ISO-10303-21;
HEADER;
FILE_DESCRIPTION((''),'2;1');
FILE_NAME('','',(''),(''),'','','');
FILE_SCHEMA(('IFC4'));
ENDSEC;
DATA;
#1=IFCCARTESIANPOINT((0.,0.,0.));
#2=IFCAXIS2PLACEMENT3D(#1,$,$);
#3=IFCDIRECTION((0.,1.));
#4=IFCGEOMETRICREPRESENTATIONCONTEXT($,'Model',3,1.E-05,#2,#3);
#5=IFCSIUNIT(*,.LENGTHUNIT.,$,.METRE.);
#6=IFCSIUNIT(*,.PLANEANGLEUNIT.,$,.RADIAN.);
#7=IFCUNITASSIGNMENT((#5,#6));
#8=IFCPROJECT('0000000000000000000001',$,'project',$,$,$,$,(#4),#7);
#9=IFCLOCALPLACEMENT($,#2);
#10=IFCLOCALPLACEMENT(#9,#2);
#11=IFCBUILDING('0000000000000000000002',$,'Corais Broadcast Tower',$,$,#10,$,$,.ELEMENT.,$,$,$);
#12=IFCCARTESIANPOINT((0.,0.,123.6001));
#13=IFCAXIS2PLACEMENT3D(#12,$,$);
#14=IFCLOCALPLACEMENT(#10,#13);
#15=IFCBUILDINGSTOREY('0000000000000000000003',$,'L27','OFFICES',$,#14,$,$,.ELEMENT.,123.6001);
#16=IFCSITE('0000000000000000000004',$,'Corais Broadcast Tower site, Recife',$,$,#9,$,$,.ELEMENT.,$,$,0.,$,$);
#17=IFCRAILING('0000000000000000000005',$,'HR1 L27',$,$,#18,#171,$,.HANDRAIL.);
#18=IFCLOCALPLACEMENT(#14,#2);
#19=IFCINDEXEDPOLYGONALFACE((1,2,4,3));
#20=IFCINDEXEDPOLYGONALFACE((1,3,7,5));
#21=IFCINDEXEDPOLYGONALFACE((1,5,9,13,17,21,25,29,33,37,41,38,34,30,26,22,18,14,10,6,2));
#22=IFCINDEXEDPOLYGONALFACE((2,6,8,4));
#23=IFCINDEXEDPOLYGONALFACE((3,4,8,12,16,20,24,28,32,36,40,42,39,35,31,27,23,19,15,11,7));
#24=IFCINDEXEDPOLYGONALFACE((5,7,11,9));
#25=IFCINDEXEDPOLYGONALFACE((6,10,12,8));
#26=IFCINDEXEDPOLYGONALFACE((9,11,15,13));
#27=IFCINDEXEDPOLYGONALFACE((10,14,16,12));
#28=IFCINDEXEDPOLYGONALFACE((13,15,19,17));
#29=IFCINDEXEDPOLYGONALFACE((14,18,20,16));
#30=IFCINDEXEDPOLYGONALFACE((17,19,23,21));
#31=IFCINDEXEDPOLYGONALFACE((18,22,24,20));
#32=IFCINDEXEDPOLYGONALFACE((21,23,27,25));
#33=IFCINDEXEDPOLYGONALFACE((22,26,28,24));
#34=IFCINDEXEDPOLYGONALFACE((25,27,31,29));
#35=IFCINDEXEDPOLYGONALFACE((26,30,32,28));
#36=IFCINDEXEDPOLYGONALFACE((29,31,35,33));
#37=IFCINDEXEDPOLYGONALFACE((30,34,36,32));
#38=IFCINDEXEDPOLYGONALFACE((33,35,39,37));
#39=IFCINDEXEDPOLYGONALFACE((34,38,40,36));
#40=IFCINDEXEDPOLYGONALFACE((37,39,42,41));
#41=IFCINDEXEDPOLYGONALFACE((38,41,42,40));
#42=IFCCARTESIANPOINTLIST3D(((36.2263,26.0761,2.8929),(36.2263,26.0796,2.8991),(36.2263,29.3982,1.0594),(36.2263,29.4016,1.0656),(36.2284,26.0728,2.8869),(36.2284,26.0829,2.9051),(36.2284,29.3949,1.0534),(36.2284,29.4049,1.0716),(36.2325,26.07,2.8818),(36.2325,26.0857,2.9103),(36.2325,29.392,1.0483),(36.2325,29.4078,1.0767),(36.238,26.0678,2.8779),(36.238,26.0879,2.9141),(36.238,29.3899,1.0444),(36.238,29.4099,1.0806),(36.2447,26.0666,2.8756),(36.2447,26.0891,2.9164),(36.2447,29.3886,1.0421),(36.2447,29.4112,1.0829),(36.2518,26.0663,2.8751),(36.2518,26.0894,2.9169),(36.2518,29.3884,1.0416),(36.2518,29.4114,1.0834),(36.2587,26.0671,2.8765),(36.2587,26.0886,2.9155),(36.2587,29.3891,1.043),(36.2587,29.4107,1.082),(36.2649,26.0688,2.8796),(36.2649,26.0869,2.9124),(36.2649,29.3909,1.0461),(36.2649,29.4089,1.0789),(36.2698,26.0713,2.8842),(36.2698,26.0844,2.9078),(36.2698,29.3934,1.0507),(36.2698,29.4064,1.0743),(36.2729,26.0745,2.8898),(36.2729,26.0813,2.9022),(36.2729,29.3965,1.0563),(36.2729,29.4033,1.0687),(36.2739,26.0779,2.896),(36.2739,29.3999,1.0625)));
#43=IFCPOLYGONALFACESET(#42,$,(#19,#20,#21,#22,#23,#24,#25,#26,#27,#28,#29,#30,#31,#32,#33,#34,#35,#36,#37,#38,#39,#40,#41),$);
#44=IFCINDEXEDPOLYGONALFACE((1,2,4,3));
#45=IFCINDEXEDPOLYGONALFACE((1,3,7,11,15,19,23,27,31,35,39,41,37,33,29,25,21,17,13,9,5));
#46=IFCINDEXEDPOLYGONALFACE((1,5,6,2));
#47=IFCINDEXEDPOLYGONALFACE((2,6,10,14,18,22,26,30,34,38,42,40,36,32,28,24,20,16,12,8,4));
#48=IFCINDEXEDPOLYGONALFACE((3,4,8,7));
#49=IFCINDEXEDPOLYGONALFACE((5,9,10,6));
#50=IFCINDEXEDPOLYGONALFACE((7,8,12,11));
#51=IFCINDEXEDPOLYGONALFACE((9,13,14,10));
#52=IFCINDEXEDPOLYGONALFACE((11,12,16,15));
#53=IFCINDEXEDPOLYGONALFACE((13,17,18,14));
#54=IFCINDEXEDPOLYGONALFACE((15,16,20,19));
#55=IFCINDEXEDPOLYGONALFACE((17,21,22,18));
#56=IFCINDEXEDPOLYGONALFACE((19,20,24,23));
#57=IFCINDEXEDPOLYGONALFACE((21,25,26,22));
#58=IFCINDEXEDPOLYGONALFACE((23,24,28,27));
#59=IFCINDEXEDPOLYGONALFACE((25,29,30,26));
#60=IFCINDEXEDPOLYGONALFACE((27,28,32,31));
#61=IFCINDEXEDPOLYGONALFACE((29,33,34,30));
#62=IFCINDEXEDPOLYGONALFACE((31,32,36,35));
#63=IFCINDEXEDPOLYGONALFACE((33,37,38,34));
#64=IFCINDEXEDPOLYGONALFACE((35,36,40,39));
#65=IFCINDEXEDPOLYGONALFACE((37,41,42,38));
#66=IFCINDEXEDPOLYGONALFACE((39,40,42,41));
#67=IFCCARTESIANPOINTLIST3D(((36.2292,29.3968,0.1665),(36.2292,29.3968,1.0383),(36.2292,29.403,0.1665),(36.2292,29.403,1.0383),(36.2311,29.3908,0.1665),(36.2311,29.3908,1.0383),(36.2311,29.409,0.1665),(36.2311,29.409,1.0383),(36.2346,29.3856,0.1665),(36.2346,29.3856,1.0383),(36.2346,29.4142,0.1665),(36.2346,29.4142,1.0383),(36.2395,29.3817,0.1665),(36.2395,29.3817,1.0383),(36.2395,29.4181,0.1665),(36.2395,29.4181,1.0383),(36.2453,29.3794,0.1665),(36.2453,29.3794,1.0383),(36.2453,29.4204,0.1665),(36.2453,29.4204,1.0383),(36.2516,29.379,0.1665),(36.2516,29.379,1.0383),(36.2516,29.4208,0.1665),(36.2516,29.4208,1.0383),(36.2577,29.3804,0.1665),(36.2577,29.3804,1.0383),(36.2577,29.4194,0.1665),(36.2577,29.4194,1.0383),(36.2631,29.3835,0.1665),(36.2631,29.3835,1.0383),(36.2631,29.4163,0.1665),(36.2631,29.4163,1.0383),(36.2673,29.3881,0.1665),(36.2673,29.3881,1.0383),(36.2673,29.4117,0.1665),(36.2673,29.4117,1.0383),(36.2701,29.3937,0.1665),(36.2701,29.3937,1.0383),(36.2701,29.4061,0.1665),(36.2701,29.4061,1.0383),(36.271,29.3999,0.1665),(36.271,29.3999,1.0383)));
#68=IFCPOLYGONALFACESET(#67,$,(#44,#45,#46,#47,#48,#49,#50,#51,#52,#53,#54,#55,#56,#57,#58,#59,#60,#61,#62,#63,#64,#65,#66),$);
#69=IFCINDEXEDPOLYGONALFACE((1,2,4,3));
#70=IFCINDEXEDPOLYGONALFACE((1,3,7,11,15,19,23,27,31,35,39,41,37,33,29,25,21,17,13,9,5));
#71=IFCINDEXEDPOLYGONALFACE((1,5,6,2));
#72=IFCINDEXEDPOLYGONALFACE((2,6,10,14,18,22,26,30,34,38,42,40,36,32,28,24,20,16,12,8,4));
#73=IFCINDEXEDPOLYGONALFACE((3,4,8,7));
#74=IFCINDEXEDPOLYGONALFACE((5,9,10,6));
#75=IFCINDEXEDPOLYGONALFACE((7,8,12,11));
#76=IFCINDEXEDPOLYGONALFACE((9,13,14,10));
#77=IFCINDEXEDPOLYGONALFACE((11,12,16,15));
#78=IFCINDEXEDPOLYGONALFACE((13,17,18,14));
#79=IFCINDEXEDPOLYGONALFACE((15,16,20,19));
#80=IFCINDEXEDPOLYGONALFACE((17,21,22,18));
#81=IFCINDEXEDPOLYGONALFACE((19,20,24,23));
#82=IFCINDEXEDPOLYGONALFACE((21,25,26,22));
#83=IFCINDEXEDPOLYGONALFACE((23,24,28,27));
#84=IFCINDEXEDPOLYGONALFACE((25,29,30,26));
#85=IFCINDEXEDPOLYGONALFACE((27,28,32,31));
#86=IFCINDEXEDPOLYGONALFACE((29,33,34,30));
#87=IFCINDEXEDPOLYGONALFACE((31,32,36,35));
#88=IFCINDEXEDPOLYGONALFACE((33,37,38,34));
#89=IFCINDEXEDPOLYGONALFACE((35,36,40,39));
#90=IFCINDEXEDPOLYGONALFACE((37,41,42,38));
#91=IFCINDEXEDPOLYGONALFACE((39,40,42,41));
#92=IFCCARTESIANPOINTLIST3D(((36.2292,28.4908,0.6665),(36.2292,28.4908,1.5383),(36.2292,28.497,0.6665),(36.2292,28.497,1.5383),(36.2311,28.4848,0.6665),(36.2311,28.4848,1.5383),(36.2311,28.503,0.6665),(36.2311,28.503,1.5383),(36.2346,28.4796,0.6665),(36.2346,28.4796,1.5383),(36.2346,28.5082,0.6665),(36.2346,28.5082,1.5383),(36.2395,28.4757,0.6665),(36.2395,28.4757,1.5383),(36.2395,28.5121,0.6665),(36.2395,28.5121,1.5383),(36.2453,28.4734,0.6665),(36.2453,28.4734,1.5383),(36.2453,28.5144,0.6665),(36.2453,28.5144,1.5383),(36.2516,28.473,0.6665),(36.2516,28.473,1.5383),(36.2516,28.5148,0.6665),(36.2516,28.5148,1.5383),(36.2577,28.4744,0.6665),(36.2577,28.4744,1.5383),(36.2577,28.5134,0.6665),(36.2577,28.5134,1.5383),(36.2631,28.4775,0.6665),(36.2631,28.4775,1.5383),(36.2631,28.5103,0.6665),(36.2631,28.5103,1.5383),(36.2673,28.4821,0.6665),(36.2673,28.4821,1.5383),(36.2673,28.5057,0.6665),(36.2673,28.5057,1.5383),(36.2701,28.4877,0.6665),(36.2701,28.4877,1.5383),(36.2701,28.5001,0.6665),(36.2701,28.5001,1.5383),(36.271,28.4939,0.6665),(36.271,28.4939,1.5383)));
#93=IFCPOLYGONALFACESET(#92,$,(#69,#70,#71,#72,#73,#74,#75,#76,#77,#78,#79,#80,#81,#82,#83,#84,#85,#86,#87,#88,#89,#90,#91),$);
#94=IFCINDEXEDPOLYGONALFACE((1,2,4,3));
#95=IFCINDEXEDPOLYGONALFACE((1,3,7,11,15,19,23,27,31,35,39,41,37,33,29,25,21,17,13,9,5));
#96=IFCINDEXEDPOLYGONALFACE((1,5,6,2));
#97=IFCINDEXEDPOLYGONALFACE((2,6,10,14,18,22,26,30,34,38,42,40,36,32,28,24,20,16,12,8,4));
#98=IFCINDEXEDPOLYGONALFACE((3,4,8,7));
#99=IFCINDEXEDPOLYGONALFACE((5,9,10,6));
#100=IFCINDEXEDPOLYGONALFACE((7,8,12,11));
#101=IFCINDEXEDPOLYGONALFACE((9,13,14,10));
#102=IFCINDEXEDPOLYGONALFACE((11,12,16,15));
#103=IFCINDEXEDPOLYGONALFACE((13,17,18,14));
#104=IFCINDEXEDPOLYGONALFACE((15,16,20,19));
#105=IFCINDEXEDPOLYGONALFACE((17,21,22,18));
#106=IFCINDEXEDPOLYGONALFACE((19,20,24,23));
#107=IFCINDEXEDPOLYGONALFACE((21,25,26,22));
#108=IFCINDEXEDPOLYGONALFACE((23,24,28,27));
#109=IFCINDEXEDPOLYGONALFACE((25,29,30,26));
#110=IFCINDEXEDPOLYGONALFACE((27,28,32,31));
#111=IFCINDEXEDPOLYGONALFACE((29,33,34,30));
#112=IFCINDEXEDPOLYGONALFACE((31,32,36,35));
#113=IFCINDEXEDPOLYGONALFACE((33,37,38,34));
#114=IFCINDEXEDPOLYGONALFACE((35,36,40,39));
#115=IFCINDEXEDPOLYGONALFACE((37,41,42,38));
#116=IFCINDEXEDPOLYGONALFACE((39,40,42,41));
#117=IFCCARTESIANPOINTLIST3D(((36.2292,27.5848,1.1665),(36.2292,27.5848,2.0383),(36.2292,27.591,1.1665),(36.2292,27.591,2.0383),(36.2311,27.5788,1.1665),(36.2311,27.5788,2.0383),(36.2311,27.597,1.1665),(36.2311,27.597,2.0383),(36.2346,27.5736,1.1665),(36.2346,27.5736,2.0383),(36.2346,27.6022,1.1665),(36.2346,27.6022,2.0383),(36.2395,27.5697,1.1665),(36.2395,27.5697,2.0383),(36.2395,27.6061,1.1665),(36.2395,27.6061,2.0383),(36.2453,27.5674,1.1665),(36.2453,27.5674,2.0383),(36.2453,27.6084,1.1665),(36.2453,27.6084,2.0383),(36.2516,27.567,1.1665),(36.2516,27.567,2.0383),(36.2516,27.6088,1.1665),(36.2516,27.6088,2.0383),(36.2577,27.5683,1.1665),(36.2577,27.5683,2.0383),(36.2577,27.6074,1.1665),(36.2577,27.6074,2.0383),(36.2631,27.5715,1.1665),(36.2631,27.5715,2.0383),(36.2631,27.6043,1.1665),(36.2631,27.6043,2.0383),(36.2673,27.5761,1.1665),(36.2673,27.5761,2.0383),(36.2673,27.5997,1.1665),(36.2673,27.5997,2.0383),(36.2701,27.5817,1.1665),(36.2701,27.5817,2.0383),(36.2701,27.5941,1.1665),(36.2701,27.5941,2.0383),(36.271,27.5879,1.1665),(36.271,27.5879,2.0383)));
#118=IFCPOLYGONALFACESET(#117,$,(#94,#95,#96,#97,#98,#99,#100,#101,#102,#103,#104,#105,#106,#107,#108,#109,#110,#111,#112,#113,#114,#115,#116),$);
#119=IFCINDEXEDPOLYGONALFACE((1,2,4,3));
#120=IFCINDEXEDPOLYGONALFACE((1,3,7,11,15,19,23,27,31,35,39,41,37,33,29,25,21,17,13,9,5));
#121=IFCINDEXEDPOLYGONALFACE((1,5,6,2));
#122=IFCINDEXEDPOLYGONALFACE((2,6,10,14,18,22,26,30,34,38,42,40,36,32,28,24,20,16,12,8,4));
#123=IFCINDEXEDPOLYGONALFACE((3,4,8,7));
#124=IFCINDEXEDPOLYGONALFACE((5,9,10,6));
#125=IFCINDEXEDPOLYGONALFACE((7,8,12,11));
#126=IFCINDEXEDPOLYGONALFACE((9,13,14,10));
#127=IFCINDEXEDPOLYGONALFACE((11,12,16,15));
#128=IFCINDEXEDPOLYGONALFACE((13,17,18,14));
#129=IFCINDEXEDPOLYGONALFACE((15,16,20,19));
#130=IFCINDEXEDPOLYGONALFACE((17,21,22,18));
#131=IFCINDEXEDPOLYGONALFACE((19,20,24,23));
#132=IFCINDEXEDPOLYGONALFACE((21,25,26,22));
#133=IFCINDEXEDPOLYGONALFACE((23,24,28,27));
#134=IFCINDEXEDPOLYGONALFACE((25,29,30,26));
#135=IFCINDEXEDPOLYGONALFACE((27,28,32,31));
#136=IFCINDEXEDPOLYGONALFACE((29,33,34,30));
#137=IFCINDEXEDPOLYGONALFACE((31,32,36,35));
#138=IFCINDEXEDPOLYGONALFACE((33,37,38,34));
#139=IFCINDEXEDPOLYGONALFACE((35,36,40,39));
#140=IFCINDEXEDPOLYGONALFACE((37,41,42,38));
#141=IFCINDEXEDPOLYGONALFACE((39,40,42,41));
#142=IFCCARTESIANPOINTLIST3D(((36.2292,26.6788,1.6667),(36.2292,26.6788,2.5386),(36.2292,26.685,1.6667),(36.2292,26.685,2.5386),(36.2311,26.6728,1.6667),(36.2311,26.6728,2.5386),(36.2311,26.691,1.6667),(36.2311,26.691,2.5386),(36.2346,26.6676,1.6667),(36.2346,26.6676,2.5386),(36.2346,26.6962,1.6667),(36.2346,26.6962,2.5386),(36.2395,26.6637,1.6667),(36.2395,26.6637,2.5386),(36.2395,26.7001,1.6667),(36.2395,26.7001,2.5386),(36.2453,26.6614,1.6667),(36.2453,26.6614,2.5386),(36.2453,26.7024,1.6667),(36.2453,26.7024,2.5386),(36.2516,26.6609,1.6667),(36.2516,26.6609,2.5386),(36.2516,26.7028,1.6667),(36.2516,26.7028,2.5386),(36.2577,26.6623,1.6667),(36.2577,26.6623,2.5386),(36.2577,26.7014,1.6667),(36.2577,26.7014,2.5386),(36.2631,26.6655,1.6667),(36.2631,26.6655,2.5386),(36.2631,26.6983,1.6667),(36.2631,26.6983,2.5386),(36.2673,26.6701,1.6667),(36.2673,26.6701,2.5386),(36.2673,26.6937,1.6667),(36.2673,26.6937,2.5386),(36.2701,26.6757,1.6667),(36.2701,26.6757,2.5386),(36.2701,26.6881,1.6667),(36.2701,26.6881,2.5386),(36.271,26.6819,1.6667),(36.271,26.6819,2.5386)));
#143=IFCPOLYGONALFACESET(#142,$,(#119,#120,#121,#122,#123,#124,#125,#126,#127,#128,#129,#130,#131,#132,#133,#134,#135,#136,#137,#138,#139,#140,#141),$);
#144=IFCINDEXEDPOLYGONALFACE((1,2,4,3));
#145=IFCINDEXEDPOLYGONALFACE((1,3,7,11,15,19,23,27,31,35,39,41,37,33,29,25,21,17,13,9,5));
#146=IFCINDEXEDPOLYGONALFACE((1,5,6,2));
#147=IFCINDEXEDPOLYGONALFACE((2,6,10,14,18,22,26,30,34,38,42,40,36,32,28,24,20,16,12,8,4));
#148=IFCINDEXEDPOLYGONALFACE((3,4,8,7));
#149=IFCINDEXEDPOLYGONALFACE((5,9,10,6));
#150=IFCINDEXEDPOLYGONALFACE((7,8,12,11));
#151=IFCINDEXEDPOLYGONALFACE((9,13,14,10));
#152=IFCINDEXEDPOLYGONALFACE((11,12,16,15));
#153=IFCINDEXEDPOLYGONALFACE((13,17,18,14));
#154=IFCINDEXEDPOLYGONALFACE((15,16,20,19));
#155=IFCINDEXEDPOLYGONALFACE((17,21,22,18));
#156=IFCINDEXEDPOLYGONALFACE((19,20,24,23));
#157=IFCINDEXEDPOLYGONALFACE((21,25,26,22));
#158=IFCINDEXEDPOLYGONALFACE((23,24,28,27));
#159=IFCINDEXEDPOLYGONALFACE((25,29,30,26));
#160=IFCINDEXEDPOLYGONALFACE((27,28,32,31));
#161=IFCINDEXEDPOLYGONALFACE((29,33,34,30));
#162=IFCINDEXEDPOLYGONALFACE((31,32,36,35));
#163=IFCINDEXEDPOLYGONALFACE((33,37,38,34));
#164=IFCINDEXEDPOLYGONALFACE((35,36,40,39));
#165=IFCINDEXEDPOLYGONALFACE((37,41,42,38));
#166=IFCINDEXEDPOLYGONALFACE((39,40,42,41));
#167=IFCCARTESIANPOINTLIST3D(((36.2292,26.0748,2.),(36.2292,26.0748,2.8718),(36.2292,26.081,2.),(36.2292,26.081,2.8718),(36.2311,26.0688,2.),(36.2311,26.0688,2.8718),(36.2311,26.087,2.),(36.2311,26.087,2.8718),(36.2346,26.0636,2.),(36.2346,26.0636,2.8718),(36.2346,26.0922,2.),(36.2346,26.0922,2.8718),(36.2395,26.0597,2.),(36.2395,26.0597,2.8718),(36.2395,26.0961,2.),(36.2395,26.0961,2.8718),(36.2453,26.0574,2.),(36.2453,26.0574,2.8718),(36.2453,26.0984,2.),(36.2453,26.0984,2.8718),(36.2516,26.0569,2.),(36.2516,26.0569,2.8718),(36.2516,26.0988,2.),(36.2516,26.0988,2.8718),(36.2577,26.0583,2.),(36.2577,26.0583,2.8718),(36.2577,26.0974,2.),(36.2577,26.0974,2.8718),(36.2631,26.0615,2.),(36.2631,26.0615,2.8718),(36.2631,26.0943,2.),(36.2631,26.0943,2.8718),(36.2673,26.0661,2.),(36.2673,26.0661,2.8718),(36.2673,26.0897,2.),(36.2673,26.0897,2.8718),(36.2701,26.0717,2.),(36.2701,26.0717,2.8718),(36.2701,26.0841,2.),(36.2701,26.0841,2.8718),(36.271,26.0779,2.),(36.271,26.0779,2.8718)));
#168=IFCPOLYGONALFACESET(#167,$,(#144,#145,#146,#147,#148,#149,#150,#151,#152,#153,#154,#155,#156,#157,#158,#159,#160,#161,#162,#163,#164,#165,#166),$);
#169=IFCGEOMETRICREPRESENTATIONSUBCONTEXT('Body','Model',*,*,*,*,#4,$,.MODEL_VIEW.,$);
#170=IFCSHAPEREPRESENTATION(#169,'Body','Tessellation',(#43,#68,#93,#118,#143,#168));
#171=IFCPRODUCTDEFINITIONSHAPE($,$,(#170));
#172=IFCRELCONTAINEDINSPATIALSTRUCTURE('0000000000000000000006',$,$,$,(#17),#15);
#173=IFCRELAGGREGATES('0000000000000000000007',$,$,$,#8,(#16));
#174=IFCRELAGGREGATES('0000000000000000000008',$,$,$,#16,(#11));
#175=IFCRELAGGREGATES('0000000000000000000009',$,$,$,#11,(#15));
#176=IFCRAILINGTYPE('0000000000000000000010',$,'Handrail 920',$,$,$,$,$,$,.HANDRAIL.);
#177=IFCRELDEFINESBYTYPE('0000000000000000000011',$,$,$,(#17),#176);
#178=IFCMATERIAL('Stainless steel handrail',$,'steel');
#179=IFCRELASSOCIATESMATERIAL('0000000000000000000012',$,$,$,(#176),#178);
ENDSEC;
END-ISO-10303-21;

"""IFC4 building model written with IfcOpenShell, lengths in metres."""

from ifc_helpers import new_model, si_unit, direction, frame, origin, origin_2d, place, context, subcontext, project, spatial, circle, extrude, material, type_object, element, save


model = new_model("IFC4")

# Units and contexts
model_context = context("Model", 3, precision=1e-05, world=origin(), true_north=direction((0.0, 1.0)))
body_context = subcontext(model_context, "Body", "Model", "MODEL_VIEW")
ifc_project = project(units=[si_unit("LENGTHUNIT", "METRE"), si_unit("PLANEANGLEUNIT", "RADIAN")], contexts=[model_context])

# Site, building, storey
site_placement = place(None, origin())
site = spatial("IfcSite", under=ifc_project, at=site_placement, Name="Corais Broadcast Tower site, Recife", CompositionType="ELEMENT", RefElevation=0.0)
building_placement = place(site_placement, origin())
building = spatial("IfcBuilding", under=site, at=building_placement, Name="Corais Broadcast Tower", CompositionType="ELEMENT")
storey_placement = place(building_placement, frame((0.0, 0.0, 123.6001)))
storey = spatial("IfcBuildingStorey", under=building, at=storey_placement, Name="L27", Description="OFFICES", CompositionType="ELEMENT", Elevation=123.6001)

# Railing
ifc_material_1 = material(Name="Stainless steel handrail", Category="steel")
railing_type = type_object("IfcRailingType", Name="Handrail 920", PredefinedType="HANDRAIL", material=ifc_material_1)
for number, where, name in (
    (1, (36.25, 29.3999, 0.1665), "HR1 L27"),
):
    element("IfcRailing", number, at=place(storey_placement, frame(where)), inside=storey, type_object=railing_type, Name=name, PredefinedType="HANDRAIL", context=body_context, shape_type="SweptSolid", body=[
        extrude(circle(Radius=0.0239, at=origin_2d()), frame((0.0, 0.0, 0.896), z_axis=(0.0, -0.875504, 0.48321), x_axis=(1.0, 0.0, 0.0)), (0.0, 0.0, 1.0), 3.7944),
        extrude(circle(Radius=0.021, at=origin_2d()), origin(), (0.0, 0.0, 1.0), 0.8718),
        extrude(circle(Radius=0.021, at=origin_2d()), frame((0.0, -0.906, 0.5)), (0.0, 0.0, 1.0), 0.8718),
        extrude(circle(Radius=0.021, at=origin_2d()), frame((0.0, -1.812, 1.0)), (0.0, 0.0, 1.0), 0.8718),
        extrude(circle(Radius=0.021, at=origin_2d()), frame((0.0, -2.718, 1.5002)), (0.0, 0.0, 1.0), 0.8718),
        extrude(circle(Radius=0.021, at=origin_2d()), frame((0.0, -3.322, 1.8335)), (0.0, 0.0, 1.0), 0.8718),
    ])

save(model, "model.ifc")
